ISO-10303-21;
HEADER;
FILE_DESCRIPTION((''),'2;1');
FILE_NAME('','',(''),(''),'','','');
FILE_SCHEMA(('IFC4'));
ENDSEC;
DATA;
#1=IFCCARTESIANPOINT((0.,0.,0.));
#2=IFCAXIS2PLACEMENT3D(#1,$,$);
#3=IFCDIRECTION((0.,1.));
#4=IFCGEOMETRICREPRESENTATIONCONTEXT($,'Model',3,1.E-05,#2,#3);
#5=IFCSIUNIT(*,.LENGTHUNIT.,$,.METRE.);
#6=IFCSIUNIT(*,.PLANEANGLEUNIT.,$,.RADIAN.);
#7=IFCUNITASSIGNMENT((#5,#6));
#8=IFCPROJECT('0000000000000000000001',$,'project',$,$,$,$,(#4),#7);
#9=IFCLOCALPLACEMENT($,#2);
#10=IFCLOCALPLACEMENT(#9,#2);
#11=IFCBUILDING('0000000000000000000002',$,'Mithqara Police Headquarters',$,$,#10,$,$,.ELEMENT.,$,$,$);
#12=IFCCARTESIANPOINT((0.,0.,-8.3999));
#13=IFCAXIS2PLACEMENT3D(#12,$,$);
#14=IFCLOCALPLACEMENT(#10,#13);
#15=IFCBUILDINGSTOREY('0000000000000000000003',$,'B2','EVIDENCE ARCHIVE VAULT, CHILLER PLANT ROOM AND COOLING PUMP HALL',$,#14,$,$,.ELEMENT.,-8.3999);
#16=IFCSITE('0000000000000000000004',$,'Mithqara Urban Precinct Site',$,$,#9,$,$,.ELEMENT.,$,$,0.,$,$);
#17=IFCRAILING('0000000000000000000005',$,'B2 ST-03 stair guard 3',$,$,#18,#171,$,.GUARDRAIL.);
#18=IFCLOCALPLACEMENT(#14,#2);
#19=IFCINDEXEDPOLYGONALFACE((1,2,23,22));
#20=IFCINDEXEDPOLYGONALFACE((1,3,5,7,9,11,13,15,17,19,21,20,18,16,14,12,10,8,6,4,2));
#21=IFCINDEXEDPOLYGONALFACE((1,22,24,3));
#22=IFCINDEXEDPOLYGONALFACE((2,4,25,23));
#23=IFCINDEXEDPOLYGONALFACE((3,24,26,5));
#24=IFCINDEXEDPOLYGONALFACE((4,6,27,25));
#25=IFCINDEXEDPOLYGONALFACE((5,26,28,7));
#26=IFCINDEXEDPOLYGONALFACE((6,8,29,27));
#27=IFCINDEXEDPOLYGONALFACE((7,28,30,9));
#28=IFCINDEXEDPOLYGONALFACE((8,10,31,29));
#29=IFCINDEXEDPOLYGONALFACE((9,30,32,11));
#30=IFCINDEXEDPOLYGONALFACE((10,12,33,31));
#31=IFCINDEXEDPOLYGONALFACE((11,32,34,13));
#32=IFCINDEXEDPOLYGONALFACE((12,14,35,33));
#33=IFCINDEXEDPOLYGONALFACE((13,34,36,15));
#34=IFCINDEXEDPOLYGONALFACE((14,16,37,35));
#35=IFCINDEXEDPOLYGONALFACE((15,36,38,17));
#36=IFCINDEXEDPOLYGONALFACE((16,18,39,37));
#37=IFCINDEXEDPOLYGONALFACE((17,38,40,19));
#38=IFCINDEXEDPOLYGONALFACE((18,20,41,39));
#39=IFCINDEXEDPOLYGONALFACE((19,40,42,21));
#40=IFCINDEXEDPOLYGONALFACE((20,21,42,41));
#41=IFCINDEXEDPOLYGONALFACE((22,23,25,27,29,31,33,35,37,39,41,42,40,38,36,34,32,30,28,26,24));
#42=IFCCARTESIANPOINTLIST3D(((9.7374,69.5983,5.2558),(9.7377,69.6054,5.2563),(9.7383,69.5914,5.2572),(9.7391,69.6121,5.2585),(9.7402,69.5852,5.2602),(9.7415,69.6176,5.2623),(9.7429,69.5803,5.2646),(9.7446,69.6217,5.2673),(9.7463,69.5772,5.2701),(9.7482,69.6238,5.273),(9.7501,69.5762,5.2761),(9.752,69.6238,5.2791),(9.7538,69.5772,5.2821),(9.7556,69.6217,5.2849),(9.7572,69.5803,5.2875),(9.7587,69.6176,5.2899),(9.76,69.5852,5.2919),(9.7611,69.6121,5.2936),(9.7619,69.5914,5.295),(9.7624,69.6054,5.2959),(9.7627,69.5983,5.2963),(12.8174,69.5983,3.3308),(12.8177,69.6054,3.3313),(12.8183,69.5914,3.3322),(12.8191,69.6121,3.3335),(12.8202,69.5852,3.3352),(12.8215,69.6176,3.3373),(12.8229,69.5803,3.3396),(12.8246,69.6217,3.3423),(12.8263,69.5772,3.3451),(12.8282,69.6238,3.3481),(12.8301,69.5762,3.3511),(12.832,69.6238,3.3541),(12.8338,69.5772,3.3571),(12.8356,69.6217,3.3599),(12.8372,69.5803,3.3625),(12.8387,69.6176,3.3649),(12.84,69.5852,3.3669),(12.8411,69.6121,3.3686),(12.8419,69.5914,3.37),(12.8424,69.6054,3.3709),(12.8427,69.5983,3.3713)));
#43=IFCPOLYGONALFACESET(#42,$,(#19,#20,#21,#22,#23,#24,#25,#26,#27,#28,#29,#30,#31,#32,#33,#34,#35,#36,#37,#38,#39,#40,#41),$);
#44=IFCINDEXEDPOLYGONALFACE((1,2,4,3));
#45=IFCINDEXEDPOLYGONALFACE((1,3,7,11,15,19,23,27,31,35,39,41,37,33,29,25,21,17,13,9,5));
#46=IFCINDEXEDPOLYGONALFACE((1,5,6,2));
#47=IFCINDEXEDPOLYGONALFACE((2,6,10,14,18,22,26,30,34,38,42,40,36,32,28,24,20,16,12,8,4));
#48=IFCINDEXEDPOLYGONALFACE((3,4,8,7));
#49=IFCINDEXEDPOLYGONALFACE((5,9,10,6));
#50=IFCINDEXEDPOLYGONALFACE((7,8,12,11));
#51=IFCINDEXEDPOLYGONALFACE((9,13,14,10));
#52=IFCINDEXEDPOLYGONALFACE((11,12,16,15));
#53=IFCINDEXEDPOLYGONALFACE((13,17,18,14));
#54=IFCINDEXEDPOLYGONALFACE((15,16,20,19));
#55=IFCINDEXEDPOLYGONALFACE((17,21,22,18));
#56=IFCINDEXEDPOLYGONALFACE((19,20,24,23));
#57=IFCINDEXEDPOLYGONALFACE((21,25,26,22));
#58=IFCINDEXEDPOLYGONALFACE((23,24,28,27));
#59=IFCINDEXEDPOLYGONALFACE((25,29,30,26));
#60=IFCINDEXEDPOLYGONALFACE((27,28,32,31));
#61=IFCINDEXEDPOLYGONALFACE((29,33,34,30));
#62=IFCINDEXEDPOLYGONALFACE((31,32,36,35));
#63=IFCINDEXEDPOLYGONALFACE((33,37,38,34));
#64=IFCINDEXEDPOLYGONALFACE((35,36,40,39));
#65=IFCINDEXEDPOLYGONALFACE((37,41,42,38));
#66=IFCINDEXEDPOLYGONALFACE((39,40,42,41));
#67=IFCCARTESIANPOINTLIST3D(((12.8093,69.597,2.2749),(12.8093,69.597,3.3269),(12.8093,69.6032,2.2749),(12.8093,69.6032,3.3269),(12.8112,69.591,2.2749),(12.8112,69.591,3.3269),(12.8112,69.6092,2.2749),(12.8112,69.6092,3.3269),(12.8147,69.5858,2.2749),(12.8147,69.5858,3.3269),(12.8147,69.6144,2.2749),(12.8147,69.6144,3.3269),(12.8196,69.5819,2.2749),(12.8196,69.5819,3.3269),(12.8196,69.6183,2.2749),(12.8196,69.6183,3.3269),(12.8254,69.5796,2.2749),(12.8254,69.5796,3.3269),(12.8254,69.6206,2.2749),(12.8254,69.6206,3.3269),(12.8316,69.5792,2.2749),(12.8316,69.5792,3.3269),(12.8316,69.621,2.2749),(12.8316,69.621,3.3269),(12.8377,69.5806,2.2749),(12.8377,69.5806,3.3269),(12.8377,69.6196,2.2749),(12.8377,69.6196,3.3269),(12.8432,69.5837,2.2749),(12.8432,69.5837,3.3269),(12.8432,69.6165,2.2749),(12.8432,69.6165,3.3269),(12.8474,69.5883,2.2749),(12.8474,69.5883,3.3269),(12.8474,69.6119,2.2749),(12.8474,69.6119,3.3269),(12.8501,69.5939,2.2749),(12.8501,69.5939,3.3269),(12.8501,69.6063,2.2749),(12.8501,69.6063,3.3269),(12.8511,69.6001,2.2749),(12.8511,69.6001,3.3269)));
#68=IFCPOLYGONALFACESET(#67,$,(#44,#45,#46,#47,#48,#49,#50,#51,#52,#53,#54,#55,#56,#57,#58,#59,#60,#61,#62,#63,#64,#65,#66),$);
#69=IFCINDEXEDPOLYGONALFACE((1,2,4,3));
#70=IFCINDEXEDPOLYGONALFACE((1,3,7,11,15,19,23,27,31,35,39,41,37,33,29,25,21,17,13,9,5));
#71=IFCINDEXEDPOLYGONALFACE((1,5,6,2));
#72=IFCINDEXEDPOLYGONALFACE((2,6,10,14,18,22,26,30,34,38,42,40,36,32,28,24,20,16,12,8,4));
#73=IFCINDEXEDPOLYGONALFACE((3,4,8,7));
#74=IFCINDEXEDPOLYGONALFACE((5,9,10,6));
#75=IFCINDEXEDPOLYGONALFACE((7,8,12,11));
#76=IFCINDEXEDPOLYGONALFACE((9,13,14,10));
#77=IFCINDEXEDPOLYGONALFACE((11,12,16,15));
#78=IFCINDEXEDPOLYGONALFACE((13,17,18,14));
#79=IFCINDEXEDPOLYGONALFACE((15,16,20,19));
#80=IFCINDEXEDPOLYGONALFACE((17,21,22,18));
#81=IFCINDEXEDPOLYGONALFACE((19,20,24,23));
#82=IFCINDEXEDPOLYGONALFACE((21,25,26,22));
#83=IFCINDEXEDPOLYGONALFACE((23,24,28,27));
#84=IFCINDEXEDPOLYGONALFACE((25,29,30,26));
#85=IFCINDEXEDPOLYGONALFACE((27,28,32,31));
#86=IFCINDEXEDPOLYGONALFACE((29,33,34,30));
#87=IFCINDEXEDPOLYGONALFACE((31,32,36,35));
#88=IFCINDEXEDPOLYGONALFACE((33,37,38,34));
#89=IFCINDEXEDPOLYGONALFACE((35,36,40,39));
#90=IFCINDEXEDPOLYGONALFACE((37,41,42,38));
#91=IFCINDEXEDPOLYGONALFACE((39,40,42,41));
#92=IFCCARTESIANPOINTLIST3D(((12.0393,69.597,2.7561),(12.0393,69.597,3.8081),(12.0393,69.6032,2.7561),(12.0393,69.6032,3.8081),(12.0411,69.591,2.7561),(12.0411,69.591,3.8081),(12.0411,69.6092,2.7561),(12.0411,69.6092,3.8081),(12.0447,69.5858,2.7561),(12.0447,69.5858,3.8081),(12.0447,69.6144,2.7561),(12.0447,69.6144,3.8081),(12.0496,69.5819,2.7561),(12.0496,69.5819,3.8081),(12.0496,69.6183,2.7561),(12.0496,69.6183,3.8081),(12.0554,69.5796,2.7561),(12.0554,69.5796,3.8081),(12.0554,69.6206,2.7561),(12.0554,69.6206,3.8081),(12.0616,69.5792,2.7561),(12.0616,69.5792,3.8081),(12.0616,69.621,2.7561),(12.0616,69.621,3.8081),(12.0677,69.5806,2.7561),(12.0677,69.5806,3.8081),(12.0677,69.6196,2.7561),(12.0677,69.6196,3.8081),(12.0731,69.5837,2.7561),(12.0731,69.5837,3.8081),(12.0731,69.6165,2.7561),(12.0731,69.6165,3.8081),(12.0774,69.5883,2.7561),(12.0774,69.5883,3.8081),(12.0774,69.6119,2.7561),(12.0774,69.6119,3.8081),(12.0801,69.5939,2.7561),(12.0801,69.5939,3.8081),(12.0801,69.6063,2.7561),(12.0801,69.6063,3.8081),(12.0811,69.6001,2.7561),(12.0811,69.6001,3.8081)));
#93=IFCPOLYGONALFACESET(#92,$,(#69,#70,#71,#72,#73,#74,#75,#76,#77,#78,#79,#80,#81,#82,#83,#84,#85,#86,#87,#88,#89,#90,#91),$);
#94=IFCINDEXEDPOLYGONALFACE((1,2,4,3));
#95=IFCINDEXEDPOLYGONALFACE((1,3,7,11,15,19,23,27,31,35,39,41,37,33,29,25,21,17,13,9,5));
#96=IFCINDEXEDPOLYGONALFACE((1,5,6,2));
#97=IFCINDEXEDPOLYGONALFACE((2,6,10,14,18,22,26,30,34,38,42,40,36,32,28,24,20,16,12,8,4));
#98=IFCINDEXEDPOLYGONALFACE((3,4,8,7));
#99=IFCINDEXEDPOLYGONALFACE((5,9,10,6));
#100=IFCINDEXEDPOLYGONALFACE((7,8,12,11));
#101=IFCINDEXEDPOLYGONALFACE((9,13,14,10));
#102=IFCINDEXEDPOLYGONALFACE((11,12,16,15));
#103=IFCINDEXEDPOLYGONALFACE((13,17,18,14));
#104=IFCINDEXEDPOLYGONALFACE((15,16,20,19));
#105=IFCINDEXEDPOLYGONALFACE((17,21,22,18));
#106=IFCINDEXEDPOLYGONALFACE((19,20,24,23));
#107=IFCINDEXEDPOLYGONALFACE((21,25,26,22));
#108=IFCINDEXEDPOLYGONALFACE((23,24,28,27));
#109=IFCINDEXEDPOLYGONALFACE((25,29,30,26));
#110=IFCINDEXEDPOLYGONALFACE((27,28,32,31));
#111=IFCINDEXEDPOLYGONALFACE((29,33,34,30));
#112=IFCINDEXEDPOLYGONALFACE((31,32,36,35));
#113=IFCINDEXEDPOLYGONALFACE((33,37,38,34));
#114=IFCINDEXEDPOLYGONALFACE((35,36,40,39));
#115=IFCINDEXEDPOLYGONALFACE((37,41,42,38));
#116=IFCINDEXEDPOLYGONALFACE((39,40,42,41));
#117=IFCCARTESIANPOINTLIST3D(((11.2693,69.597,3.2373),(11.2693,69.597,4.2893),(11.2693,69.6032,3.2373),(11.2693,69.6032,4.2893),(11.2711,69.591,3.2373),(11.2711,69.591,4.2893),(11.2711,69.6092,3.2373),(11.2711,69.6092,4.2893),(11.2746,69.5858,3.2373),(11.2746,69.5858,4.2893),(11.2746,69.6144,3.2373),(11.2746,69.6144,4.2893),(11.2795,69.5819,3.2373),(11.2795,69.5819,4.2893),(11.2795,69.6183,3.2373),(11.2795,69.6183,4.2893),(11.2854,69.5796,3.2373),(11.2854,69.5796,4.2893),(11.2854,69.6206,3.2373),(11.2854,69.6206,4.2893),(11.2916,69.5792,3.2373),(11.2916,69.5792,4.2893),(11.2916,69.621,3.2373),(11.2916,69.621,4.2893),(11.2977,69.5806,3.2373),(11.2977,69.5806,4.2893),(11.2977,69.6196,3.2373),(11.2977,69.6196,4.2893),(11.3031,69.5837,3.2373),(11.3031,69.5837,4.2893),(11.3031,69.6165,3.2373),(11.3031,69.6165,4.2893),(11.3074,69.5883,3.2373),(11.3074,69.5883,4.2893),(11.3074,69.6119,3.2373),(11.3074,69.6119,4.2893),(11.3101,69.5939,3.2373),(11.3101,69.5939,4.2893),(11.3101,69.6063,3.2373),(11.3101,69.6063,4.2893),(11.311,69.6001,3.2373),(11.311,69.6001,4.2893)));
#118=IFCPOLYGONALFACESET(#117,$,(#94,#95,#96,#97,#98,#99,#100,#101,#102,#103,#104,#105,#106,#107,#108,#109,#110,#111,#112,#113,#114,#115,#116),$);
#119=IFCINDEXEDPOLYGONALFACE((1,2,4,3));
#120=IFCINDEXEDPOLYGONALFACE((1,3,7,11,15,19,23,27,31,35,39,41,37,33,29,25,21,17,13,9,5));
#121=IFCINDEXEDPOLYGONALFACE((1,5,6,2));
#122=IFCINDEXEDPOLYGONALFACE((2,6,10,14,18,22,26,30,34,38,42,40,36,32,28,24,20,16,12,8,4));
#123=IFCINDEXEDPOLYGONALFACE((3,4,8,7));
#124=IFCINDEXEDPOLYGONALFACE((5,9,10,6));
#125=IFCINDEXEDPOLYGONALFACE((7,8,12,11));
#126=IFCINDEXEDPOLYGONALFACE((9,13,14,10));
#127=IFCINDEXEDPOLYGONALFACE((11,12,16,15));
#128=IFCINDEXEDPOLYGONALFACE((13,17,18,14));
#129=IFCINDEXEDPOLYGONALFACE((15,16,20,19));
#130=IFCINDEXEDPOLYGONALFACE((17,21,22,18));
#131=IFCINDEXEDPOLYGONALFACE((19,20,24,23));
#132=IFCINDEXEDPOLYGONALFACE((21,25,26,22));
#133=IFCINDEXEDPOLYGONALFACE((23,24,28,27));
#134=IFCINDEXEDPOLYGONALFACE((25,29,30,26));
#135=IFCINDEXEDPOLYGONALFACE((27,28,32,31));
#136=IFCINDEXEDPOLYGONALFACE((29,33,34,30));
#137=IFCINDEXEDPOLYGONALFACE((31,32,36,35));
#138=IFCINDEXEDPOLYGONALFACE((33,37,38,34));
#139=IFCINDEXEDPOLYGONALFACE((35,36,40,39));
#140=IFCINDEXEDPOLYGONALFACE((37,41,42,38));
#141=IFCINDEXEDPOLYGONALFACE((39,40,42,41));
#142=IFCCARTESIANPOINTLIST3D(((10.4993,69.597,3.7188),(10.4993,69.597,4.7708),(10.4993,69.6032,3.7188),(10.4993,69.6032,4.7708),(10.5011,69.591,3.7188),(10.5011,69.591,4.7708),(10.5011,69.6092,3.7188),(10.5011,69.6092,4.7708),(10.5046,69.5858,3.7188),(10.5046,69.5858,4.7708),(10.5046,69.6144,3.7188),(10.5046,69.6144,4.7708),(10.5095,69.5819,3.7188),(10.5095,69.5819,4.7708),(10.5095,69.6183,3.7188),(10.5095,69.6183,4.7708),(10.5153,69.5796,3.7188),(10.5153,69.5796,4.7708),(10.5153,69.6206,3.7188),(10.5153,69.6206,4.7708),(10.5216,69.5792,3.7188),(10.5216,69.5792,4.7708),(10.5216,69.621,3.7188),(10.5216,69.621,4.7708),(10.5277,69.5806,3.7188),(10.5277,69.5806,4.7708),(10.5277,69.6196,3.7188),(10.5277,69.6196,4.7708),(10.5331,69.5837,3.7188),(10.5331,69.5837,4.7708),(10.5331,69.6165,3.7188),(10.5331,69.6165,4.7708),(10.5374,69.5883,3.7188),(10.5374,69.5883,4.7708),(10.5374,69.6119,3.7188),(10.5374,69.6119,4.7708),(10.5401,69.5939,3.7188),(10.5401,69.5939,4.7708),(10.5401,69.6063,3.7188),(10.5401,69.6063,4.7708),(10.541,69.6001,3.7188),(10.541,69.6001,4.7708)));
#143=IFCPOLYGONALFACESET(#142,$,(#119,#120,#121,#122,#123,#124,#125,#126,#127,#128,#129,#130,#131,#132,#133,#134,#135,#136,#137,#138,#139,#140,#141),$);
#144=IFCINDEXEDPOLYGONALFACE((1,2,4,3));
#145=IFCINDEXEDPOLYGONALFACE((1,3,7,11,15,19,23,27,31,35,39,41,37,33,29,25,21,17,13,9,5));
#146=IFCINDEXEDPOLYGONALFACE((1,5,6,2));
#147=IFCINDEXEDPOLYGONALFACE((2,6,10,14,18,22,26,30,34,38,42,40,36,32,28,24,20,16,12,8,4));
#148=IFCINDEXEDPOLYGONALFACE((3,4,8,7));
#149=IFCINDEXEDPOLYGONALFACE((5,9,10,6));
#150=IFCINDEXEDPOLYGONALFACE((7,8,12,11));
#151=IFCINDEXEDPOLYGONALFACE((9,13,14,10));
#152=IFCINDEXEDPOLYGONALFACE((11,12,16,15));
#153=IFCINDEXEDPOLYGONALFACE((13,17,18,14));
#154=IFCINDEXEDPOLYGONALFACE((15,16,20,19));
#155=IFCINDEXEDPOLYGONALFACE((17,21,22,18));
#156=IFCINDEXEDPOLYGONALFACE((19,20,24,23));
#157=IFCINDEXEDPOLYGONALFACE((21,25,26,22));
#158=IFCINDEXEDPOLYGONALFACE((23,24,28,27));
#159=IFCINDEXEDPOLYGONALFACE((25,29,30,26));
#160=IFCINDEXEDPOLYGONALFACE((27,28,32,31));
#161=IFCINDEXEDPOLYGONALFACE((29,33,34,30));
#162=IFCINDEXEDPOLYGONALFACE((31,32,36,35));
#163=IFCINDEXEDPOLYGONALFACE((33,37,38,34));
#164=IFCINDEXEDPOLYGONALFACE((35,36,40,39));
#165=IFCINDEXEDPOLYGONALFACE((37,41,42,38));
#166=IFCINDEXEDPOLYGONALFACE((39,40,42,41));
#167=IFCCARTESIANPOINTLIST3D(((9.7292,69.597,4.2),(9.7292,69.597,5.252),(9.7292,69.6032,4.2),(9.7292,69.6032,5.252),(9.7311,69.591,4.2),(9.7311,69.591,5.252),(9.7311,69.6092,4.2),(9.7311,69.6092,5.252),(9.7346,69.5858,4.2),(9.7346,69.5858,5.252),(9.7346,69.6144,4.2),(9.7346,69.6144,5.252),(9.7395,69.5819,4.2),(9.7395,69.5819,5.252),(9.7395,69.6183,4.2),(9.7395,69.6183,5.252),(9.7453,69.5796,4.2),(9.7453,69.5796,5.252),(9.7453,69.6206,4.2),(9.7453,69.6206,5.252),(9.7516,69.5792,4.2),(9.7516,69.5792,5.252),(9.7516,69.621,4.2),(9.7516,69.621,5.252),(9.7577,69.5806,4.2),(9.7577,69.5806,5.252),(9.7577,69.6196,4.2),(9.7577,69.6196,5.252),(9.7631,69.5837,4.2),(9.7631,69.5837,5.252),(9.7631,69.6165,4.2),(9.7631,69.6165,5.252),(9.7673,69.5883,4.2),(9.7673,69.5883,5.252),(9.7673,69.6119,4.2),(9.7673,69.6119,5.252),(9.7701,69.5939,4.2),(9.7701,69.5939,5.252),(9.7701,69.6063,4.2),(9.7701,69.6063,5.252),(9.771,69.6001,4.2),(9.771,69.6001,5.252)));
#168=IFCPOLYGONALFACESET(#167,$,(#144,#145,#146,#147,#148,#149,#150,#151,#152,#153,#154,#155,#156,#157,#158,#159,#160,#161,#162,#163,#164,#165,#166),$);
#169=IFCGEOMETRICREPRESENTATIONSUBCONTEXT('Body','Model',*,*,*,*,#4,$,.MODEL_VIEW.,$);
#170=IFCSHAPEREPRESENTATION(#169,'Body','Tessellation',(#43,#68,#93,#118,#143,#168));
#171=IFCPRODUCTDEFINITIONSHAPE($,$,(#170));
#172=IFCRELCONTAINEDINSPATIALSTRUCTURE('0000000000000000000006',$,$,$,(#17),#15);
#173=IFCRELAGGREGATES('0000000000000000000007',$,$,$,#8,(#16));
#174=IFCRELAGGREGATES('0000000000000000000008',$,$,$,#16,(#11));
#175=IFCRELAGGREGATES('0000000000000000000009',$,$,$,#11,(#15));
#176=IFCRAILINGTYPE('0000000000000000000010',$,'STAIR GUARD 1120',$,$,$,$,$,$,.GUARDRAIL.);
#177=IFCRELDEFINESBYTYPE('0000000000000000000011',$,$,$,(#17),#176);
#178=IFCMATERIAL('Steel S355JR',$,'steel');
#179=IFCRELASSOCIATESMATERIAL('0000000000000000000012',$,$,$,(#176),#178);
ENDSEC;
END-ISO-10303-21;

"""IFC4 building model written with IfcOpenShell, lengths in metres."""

from ifc_helpers import new_model, si_unit, direction, frame, origin, origin_2d, place, context, subcontext, project, spatial, circle, extrude, material, type_object, element, save


model = new_model("IFC4")

# Units and contexts
model_context = context("Model", 3, precision=1e-05, world=origin(), true_north=direction((0.0, 1.0)))
body_context = subcontext(model_context, "Body", "Model", "MODEL_VIEW")
ifc_project = project(units=[si_unit("LENGTHUNIT", "METRE"), si_unit("PLANEANGLEUNIT", "RADIAN")], contexts=[model_context])

# Site, building, storey
site_placement = place(None, origin())
site = spatial("IfcSite", under=ifc_project, at=site_placement, Name="Mithqara Urban Precinct Site", CompositionType="ELEMENT", RefElevation=0.0)
building_placement = place(site_placement, origin())
building = spatial("IfcBuilding", under=site, at=building_placement, Name="Mithqara Police Headquarters", CompositionType="ELEMENT")
storey_placement = place(building_placement, frame((0.0, 0.0, -8.3999)))
storey = spatial("IfcBuildingStorey", under=building, at=storey_placement, Name="B2", Description="EVIDENCE ARCHIVE VAULT, CHILLER PLANT ROOM AND COOLING PUMP HALL", CompositionType="ELEMENT", Elevation=-8.3999)

# Shared definitions
ifc_material_1 = material(Name="Steel S355JR", Category="steel")

# Railing
railing_type_1 = type_object("IfcRailingType", Name="STAIR GUARD 1120", PredefinedType="GUARDRAIL", material=ifc_material_1)
railing_1_placement = place(storey_placement, frame((12.8301, 69.6001, 2.2749)))
element("IfcRailing", 1, at=railing_1_placement, inside=storey, type_object=railing_type_1, Name="B2 ST-03 stair guard 3", PredefinedType="GUARDRAIL", context=body_context, shape_type="SweptSolid", body=[
    extrude(circle(Radius=0.0239, at=origin_2d()), frame((0.0, 0.0, 1.0762), z_axis=(-0.847998, 0.0, 0.529999), x_axis=(0.0, -1.0, 0.0)), (0.0, 0.0, 1.0), 3.6321),
    extrude(circle(Radius=0.021, at=origin_2d()), origin(), (0.0, 0.0, 1.0), 1.052),
    extrude(circle(Radius=0.021, at=origin_2d()), frame((-0.77, 0.0, 0.4812)), (0.0, 0.0, 1.0), 1.052),
    extrude(circle(Radius=0.021, at=origin_2d()), frame((-1.54, 0.0, 0.9624)), (0.0, 0.0, 1.0), 1.052),
    extrude(circle(Radius=0.021, at=origin_2d()), frame((-2.3101, 0.0, 1.4438)), (0.0, 0.0, 1.0), 1.052),
    extrude(circle(Radius=0.021, at=origin_2d()), frame((-3.0801, 0.0, 1.925)), (0.0, 0.0, 1.0), 1.052),
])

save(model, "model.ifc")
